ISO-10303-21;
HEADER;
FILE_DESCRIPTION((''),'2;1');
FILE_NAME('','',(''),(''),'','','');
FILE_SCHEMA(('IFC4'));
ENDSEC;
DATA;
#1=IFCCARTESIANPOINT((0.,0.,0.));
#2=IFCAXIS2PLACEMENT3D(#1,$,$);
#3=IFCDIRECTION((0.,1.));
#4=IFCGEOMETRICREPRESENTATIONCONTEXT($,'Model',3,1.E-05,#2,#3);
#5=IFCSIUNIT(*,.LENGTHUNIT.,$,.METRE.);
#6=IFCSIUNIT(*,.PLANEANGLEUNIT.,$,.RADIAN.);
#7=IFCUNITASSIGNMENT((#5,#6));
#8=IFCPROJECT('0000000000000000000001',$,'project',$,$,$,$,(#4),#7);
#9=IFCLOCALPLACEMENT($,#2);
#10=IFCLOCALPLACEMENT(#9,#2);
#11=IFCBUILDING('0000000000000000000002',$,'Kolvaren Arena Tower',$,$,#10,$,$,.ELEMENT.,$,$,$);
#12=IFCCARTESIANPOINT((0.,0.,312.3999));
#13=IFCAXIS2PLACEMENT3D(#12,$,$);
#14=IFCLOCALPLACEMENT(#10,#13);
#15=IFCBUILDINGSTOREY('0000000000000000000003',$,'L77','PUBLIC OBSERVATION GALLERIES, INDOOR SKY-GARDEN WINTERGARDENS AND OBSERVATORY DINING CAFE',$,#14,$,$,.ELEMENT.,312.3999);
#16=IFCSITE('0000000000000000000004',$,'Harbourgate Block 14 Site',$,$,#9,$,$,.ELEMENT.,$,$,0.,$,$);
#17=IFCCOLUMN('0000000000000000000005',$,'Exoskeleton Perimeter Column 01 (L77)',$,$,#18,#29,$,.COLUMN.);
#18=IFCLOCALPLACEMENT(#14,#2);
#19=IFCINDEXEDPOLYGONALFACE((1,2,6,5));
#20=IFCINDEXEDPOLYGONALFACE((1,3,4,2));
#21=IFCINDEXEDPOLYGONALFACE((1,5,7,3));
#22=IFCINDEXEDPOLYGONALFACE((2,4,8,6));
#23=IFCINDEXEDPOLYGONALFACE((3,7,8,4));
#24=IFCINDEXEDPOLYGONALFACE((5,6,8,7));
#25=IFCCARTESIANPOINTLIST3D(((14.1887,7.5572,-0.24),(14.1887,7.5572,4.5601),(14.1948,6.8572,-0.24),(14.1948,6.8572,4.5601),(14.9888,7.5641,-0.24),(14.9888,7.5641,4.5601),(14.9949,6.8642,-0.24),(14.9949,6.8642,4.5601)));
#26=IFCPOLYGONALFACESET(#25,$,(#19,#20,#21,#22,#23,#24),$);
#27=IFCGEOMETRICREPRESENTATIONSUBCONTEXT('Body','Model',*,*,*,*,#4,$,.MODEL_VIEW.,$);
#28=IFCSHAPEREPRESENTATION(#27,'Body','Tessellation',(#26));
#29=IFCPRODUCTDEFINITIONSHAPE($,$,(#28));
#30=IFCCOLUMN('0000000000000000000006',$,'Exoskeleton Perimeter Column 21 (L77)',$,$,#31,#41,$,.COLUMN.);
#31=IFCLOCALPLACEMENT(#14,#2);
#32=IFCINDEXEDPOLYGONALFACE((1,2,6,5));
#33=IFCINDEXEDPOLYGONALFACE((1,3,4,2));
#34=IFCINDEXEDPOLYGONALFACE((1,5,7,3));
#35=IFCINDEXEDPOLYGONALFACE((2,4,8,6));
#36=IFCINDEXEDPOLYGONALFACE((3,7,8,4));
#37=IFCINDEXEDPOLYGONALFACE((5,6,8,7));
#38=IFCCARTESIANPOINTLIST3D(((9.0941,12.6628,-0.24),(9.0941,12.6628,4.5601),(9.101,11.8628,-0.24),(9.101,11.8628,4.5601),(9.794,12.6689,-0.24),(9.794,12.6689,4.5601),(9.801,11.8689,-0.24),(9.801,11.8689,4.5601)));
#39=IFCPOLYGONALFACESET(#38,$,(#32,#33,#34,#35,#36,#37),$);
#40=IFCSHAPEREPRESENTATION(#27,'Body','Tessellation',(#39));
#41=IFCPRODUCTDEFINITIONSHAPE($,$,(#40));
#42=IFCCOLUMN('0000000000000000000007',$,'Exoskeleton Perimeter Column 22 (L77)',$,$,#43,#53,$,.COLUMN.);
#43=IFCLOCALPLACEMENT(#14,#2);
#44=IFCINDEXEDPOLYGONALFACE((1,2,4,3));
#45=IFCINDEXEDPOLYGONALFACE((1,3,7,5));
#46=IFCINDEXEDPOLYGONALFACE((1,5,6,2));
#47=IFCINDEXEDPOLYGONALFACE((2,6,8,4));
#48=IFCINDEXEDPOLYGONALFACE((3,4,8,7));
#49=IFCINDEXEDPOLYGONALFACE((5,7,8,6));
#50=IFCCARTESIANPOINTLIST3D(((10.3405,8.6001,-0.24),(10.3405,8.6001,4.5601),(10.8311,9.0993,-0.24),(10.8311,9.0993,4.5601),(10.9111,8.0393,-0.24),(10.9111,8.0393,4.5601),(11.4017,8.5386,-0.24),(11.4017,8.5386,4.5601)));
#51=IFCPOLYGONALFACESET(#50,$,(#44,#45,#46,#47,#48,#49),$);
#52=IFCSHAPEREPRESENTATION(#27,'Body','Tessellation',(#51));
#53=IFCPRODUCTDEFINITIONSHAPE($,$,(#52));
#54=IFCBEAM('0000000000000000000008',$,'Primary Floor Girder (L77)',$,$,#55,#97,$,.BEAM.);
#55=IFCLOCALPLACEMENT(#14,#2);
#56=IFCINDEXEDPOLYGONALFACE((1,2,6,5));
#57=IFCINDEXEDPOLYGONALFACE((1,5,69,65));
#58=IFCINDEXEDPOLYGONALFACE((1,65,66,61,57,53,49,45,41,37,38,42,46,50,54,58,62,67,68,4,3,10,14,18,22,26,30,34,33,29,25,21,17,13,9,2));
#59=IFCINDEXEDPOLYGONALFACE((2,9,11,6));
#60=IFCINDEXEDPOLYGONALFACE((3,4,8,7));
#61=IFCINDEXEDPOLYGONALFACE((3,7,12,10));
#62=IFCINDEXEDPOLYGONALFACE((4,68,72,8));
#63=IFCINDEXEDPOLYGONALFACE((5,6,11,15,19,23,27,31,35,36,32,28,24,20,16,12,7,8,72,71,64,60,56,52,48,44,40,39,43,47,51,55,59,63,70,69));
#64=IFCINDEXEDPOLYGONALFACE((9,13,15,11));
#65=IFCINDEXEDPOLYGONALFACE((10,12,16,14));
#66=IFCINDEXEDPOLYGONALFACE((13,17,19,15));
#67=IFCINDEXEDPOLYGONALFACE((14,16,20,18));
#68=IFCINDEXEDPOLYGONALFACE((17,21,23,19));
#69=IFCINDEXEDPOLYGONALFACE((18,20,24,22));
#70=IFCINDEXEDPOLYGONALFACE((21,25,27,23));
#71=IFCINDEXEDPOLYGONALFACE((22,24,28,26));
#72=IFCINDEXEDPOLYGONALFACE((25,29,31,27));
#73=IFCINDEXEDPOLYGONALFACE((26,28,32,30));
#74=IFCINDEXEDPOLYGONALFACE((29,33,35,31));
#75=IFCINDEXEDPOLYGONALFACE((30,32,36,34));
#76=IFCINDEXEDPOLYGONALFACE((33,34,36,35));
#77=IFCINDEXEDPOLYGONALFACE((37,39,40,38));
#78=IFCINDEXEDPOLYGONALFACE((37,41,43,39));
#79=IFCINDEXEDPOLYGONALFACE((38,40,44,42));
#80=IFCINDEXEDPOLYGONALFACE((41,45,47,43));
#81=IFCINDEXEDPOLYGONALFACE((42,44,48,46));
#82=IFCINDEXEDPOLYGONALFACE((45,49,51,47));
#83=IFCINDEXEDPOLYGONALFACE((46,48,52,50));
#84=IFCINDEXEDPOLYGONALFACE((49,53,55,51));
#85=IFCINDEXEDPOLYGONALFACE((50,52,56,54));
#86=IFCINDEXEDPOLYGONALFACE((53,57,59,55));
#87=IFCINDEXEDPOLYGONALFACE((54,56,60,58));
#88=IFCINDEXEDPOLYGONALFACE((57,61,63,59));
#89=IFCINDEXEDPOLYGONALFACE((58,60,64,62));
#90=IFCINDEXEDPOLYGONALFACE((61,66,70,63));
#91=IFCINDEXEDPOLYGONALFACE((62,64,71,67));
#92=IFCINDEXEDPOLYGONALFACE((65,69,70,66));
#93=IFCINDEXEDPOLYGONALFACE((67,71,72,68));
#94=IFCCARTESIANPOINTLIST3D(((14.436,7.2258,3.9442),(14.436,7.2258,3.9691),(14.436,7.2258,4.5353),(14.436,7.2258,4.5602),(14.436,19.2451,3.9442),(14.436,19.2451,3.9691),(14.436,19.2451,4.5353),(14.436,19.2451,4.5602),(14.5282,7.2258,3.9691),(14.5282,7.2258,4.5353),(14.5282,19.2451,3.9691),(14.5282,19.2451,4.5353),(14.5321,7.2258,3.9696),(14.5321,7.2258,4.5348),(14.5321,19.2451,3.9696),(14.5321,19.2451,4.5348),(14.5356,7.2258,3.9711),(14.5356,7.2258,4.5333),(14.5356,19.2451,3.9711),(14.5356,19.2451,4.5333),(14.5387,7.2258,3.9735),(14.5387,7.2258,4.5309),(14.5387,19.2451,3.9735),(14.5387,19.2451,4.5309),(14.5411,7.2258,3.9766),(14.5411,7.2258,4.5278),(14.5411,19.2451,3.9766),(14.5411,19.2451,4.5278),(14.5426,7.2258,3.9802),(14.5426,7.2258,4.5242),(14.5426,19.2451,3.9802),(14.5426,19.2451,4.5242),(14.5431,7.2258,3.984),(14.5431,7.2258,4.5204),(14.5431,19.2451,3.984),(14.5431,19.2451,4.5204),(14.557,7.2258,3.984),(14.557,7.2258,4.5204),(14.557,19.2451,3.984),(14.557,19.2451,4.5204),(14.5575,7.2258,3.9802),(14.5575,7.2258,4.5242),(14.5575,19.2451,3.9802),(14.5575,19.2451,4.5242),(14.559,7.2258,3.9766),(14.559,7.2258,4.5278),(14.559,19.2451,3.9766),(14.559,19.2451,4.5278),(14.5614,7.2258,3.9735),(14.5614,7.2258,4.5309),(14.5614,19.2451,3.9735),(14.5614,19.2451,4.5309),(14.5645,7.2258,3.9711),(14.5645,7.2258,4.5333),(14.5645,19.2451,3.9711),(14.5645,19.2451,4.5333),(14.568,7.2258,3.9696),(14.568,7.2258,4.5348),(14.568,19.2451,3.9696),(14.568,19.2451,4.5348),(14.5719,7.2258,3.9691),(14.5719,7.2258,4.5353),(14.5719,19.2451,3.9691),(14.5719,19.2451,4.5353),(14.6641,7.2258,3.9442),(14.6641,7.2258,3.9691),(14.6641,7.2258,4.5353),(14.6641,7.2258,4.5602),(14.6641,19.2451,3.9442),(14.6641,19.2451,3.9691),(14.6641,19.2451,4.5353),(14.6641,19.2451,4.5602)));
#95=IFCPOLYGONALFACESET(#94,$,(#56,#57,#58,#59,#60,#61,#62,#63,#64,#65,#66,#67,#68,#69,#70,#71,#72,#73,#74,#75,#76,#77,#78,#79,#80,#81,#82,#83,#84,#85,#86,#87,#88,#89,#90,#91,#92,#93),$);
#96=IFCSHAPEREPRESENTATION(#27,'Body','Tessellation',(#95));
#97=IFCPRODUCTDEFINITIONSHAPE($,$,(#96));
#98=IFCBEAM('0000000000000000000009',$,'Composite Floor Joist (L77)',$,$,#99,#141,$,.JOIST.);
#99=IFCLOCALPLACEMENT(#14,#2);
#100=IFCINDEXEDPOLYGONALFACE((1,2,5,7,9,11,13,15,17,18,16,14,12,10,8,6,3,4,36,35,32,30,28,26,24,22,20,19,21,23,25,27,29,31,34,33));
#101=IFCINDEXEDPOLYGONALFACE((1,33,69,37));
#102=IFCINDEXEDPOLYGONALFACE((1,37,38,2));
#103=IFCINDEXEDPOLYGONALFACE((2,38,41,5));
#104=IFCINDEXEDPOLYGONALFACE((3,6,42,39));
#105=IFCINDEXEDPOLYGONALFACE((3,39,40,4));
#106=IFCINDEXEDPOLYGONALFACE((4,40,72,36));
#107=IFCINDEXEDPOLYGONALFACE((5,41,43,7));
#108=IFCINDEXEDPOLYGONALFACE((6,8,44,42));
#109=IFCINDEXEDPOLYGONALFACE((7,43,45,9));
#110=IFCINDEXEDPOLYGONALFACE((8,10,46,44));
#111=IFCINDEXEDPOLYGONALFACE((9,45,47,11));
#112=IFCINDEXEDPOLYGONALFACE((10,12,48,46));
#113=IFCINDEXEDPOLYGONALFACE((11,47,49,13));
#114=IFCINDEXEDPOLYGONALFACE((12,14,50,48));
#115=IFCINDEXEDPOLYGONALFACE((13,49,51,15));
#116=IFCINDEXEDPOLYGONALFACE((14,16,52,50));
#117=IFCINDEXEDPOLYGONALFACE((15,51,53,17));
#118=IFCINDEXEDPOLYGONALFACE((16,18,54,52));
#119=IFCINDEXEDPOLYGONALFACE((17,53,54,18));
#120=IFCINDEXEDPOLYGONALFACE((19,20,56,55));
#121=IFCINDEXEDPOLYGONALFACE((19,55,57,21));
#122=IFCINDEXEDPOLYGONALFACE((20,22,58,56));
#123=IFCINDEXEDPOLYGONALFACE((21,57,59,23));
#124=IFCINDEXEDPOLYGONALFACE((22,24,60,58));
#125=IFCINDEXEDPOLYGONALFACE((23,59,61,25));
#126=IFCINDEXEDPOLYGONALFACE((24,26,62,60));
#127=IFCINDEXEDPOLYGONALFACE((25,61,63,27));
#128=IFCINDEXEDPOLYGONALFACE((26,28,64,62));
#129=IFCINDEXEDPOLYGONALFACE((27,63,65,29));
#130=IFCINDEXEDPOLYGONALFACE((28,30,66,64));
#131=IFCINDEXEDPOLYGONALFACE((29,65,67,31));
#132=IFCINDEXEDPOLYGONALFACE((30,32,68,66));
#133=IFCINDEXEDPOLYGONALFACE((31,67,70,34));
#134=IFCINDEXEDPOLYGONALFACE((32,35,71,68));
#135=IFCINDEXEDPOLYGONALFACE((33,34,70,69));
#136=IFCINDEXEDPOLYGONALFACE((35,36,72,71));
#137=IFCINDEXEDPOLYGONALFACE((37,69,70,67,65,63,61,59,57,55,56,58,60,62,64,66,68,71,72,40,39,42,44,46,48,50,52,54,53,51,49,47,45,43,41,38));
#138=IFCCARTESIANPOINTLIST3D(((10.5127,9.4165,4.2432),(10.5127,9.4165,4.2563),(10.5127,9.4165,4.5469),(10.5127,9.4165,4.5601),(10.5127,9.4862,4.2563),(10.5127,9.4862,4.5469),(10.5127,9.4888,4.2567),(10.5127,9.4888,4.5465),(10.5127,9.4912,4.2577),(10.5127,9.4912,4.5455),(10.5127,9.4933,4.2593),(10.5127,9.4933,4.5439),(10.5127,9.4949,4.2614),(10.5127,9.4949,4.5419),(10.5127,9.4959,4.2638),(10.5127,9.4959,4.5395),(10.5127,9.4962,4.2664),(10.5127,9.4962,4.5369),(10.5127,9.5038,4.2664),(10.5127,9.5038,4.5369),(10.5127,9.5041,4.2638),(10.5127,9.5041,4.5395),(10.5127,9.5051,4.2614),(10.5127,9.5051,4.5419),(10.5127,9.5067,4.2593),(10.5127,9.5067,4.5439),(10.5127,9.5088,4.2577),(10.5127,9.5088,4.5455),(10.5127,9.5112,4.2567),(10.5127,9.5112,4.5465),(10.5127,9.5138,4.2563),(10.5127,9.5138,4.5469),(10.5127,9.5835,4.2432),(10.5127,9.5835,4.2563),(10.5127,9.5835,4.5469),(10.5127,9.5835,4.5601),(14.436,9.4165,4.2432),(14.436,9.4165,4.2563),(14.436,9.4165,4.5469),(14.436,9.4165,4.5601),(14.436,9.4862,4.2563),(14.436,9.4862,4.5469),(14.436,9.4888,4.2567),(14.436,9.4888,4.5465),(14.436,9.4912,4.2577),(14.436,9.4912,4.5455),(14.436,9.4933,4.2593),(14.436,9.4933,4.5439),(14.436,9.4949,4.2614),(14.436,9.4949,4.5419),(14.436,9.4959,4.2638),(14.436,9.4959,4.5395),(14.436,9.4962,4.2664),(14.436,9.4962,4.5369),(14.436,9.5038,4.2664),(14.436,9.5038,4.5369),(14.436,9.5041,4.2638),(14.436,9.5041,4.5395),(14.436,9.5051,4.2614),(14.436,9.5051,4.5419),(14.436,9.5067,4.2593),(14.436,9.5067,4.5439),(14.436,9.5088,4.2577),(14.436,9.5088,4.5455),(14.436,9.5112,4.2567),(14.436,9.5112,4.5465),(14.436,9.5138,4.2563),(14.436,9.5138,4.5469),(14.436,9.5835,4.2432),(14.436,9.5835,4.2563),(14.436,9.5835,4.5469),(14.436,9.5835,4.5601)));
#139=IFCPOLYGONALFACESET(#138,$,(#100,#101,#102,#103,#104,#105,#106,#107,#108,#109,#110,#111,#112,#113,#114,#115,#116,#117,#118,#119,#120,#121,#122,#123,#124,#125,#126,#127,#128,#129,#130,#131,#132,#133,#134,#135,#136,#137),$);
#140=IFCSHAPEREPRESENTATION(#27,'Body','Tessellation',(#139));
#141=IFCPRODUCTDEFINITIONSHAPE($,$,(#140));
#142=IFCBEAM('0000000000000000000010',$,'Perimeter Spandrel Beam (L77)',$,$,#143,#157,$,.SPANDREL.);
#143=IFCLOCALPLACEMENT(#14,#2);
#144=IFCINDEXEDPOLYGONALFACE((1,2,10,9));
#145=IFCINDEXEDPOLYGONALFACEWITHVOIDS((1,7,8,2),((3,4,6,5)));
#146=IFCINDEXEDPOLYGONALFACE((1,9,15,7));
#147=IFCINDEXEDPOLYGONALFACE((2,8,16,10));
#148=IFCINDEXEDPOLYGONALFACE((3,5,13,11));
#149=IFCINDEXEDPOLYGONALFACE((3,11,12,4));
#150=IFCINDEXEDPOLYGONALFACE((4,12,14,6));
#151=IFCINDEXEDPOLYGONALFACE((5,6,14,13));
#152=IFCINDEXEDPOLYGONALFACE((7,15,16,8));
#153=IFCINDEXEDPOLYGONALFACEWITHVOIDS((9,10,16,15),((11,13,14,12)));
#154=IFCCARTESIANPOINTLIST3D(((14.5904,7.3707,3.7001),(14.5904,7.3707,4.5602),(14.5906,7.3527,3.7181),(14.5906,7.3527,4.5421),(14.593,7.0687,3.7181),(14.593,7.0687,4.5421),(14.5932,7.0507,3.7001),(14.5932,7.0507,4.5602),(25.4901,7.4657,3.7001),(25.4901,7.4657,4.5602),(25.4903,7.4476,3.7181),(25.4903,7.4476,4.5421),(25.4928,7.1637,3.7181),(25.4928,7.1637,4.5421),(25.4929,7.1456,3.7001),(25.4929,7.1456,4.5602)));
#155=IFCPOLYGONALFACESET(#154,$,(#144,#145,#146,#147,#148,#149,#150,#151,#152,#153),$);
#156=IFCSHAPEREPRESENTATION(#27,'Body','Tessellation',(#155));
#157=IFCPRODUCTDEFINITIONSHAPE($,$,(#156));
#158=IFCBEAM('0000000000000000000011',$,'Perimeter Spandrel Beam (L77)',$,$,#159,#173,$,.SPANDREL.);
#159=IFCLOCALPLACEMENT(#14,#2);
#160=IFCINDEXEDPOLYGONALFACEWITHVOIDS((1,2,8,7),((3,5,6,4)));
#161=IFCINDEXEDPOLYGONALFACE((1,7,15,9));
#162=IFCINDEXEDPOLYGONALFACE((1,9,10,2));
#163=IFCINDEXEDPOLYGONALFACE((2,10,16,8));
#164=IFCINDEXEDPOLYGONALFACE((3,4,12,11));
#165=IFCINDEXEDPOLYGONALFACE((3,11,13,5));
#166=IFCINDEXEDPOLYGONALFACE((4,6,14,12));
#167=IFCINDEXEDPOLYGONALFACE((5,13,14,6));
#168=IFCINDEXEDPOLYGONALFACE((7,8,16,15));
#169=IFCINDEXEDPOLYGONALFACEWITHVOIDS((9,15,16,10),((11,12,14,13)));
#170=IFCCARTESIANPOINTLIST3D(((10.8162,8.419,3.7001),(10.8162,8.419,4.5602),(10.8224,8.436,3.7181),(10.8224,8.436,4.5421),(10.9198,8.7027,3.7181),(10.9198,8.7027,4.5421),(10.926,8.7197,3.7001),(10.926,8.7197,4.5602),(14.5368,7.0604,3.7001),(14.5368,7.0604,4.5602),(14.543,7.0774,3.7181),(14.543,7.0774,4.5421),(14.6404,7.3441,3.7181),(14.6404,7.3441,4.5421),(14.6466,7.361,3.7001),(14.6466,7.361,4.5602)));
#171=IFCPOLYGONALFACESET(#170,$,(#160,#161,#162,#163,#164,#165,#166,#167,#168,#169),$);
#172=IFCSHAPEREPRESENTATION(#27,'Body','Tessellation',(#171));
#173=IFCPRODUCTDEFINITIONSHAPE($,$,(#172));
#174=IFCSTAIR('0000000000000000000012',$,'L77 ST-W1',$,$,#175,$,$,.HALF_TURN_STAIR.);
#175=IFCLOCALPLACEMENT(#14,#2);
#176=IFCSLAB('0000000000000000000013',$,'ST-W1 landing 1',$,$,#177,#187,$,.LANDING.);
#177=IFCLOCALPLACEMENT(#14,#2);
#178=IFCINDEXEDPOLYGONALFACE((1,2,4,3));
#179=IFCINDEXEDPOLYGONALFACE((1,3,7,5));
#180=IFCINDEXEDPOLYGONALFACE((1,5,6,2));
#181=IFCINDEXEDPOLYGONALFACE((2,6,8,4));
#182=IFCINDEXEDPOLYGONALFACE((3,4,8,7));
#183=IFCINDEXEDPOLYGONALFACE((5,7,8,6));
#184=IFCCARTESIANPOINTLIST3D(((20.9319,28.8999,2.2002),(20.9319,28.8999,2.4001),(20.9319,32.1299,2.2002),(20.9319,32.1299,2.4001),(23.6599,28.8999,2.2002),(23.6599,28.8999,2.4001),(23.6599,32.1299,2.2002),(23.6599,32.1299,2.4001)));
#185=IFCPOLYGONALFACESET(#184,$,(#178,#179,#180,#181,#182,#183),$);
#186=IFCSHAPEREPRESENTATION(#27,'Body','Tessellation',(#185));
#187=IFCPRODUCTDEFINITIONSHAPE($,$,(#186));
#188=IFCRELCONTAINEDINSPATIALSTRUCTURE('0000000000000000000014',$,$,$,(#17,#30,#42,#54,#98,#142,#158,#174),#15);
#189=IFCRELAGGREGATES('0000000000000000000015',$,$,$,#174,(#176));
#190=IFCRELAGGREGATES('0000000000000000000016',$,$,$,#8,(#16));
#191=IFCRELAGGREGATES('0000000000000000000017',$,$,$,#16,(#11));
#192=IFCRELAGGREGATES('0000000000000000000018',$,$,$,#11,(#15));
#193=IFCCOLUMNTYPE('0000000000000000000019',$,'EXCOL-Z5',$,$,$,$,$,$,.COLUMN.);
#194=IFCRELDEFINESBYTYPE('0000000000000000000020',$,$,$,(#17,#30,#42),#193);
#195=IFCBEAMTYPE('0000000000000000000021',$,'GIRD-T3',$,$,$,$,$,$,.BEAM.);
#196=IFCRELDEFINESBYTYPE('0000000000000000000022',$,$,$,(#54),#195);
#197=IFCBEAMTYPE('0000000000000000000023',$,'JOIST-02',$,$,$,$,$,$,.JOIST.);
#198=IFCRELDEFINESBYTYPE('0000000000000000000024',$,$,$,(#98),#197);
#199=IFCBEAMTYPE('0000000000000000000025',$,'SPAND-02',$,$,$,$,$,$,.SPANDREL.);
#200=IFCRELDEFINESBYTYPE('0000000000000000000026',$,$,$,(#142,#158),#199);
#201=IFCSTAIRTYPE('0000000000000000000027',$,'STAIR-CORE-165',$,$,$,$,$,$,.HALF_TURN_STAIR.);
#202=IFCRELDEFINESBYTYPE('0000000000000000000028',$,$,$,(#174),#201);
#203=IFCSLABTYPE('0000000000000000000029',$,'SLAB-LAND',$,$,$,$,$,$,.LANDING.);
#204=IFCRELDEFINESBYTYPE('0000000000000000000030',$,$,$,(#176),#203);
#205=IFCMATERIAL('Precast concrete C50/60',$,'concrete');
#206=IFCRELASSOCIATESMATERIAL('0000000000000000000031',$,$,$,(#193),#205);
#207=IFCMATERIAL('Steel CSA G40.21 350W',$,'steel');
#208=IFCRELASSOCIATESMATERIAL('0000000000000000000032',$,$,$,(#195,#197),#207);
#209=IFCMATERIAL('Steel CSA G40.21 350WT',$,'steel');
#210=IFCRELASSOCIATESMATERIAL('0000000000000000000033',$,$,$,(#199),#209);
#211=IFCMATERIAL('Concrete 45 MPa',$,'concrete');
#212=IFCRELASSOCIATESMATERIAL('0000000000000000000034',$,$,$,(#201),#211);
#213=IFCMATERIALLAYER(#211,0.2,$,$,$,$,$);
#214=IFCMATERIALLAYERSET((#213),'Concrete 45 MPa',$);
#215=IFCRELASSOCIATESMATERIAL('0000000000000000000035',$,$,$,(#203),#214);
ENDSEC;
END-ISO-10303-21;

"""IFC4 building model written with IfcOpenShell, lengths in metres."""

from ifc_helpers import new_model, si_unit, direction, frame, origin, origin_2d, place, context, subcontext, project, spatial, polyline, rectangle, hollow_rectangle, i_section, outline, extrude, material, layer, layer_set, material_profile, profile_set, type_object, element, aggregate, save


model = new_model("IFC4")

# Units and contexts
model_context = context("Model", 3, precision=1e-05, world=origin(), true_north=direction((0.0, 1.0)))
body_context = subcontext(model_context, "Body", "Model", "MODEL_VIEW")
ifc_project = project(units=[si_unit("LENGTHUNIT", "METRE"), si_unit("PLANEANGLEUNIT", "RADIAN")], contexts=[model_context])

# Site, building, storey
site_placement = place(None, origin())
site = spatial("IfcSite", under=ifc_project, at=site_placement, Name="Harbourgate Block 14 Site", CompositionType="ELEMENT", RefElevation=0.0)
building_placement = place(site_placement, origin())
building = spatial("IfcBuilding", under=site, at=building_placement, Name="Kolvaren Arena Tower", CompositionType="ELEMENT")
storey_placement = place(building_placement, frame((0.0, 0.0, 312.3999)))
storey = spatial("IfcBuildingStorey", under=building, at=storey_placement, Name="L77", Description="PUBLIC OBSERVATION GALLERIES, INDOOR SKY-GARDEN WINTERGARDENS AND OBSERVATORY DINING CAFE", CompositionType="ELEMENT", Elevation=312.3999)

# Columns
ifc_material_1 = material(Name="Precast concrete C50/60", Category="concrete")
ifc_material_profile_1 = material_profile(ifc_material_1, rectangle(XDim=0.8, YDim=0.7, at=origin_2d()), Name="RC-800x700")
ifc_profile_set_1 = profile_set([ifc_material_profile_1], Name="Precast concrete C50/60")
column_type = type_object("IfcColumnType", Name="EXCOL-Z5", PredefinedType="COLUMN", material=ifc_profile_set_1)
for number, where, z_axis, x_axis, name in (
    (1, (14.5918, 7.2107, -0.24), (0.0, 0.0, 1.0), (0.999962, 0.008727, 0.0), "Exoskeleton Perimeter Column 01 (L77)"),
    (2, (9.4475, 12.2659, -0.24), (0.0, 0.0, 1.0), (-0.008727, 0.999962, 0.0), "Exoskeleton Perimeter Column 21 (L77)"),
    (3, (10.8711, 8.5693, -0.24), (0.0, 0.0, 1.0), (-0.71325, 0.700909, 0.0), "Exoskeleton Perimeter Column 22 (L77)"),
):
    element("IfcColumn", number, at=place(storey_placement, frame(where, z_axis=z_axis, x_axis=x_axis)), inside=storey, type_object=column_type, Name=name, PredefinedType="COLUMN", context=body_context, shape_type="SweptSolid", body=[
        extrude(rectangle(XDim=0.8, YDim=0.7, at=origin_2d()), origin(), (0.0, 0.0, 1.0), 4.8),
    ])

# Beams
ifc_material_2 = material(Name="Steel CSA G40.21 350W", Category="steel")
ifc_material_profile_2 = material_profile(ifc_material_2, i_section(OverallWidth=0.228, OverallDepth=0.616, WebThickness=0.0139, FlangeThickness=0.0249, FilletRadius=0.0149, at=origin_2d()), Name="W610x174")
ifc_profile_set_2 = profile_set([ifc_material_profile_2], Name="Steel CSA G40.21 350W")
beam_type_1 = type_object("IfcBeamType", Name="GIRD-T3", PredefinedType="BEAM", material=ifc_profile_set_2)
beam_1_placement = place(storey_placement, frame((14.55, 7.2258, 4.2522), z_axis=(0.0, 1.0, 0.0), x_axis=(-1.0, 0.0, 0.0)))
element("IfcBeam", 4, at=beam_1_placement, inside=storey, type_object=beam_type_1, Name="Primary Floor Girder (L77)", PredefinedType="BEAM", context=body_context, shape_type="SweptSolid", body=[
    extrude(i_section(OverallWidth=0.228, OverallDepth=0.616, WebThickness=0.0139, FlangeThickness=0.0249, FilletRadius=0.0149, at=origin_2d()), origin(), (0.0, 0.0, 1.0), 12.0193),
])
ifc_material_profile_3 = material_profile(ifc_material_2, i_section(OverallWidth=0.167, OverallDepth=0.3169, WebThickness=0.0076, FlangeThickness=0.0132, FilletRadius=0.01, at=origin_2d()), Name="W310x52")
ifc_profile_set_3 = profile_set([ifc_material_profile_3], Name="Steel CSA G40.21 350W")
beam_type_2 = type_object("IfcBeamType", Name="JOIST-02", PredefinedType="JOIST", material=ifc_profile_set_3)
beam_2_placement = place(storey_placement, frame((10.5127, 9.5, 4.4016), z_axis=(1.0, 0.0, 0.0), x_axis=(0.0, 1.0, 0.0)))
element("IfcBeam", 5, at=beam_2_placement, inside=storey, type_object=beam_type_2, Name="Composite Floor Joist (L77)", PredefinedType="JOIST", context=body_context, shape_type="SweptSolid", body=[
    extrude(i_section(OverallWidth=0.167, OverallDepth=0.3169, WebThickness=0.0076, FlangeThickness=0.0132, FilletRadius=0.01, at=origin_2d()), origin(), (0.0, 0.0, 1.0), 3.9233),
])
ifc_material_3 = material(Name="Steel CSA G40.21 350WT", Category="steel")
ifc_material_profile_4 = material_profile(ifc_material_3, hollow_rectangle(XDim=0.3201, YDim=0.8601, WallThickness=0.0181, at=origin_2d()), Name="HSS 860x320x18")
ifc_profile_set_4 = profile_set([ifc_material_profile_4], Name="Steel CSA G40.21 350WT")
beam_type_3 = type_object("IfcBeamType", Name="SPAND-02", PredefinedType="SPANDREL", material=ifc_profile_set_4)
beam_3_placement = place(storey_placement, frame((14.5918, 7.2107, 4.1301), z_axis=(0.999962, 0.008713, 0.0), x_axis=(-0.008713, 0.999962, 0.0)))
element("IfcBeam", 6, at=beam_3_placement, inside=storey, type_object=beam_type_3, Name="Perimeter Spandrel Beam (L77)", PredefinedType="SPANDREL", context=body_context, shape_type="SweptSolid", body=[
    extrude(hollow_rectangle(XDim=0.3201, YDim=0.8601, WallThickness=0.0181, at=origin_2d()), origin(), (0.0, 0.0, 1.0), 10.9001),
])
beam_4_placement = place(storey_placement, frame((10.8711, 8.5693, 4.1301), z_axis=(0.939334, -0.343005, 0.0), x_axis=(0.343005, 0.939334, 0.0)))
element("IfcBeam", 7, at=beam_4_placement, inside=storey, type_object=beam_type_3, Name="Perimeter Spandrel Beam (L77)", PredefinedType="SPANDREL", context=body_context, shape_type="SweptSolid", body=[
    extrude(hollow_rectangle(XDim=0.3201, YDim=0.8601, WallThickness=0.0181, at=origin_2d()), origin(), (0.0, 0.0, 1.0), 3.9609),
])

# Stair, slab
ifc_material_4 = material(Name="Concrete 45 MPa", Category="concrete")
stair_type_1 = type_object("IfcStairType", Name="STAIR-CORE-165", PredefinedType="HALF_TURN_STAIR", material=ifc_material_4)
stair_1_placement = place(storey_placement, origin())
stair_1 = element("IfcStair", 8, at=stair_1_placement, inside=storey, type_object=stair_type_1, Name="L77 ST-W1", PredefinedType="HALF_TURN_STAIR")
ifc_layer_1 = layer(ifc_material_4, 0.2)
ifc_layer_set_1 = layer_set([ifc_layer_1], Name="Concrete 45 MPa")
slab_type_1 = type_object("IfcSlabType", Name="SLAB-LAND", PredefinedType="LANDING", material=ifc_layer_set_1)
slab_1_placement = place(storey_placement, frame((0.0, 0.0, 2.2002)))
slab_1 = element("IfcSlab", 9, at=slab_1_placement, type_object=slab_type_1, Name="ST-W1 landing 1", PredefinedType="LANDING", context=body_context, shape_type="SweptSolid", body=[
    extrude(outline(polyline([(20.9319, 28.8999), (23.6599, 28.8999), (23.6599, 32.1299), (20.9319, 32.1299), (20.9319, 28.8999)])), origin(), (0.0, 0.0, 1.0), 0.2),
])
aggregate(stair_1, [slab_1])

save(model, "model.ifc")
